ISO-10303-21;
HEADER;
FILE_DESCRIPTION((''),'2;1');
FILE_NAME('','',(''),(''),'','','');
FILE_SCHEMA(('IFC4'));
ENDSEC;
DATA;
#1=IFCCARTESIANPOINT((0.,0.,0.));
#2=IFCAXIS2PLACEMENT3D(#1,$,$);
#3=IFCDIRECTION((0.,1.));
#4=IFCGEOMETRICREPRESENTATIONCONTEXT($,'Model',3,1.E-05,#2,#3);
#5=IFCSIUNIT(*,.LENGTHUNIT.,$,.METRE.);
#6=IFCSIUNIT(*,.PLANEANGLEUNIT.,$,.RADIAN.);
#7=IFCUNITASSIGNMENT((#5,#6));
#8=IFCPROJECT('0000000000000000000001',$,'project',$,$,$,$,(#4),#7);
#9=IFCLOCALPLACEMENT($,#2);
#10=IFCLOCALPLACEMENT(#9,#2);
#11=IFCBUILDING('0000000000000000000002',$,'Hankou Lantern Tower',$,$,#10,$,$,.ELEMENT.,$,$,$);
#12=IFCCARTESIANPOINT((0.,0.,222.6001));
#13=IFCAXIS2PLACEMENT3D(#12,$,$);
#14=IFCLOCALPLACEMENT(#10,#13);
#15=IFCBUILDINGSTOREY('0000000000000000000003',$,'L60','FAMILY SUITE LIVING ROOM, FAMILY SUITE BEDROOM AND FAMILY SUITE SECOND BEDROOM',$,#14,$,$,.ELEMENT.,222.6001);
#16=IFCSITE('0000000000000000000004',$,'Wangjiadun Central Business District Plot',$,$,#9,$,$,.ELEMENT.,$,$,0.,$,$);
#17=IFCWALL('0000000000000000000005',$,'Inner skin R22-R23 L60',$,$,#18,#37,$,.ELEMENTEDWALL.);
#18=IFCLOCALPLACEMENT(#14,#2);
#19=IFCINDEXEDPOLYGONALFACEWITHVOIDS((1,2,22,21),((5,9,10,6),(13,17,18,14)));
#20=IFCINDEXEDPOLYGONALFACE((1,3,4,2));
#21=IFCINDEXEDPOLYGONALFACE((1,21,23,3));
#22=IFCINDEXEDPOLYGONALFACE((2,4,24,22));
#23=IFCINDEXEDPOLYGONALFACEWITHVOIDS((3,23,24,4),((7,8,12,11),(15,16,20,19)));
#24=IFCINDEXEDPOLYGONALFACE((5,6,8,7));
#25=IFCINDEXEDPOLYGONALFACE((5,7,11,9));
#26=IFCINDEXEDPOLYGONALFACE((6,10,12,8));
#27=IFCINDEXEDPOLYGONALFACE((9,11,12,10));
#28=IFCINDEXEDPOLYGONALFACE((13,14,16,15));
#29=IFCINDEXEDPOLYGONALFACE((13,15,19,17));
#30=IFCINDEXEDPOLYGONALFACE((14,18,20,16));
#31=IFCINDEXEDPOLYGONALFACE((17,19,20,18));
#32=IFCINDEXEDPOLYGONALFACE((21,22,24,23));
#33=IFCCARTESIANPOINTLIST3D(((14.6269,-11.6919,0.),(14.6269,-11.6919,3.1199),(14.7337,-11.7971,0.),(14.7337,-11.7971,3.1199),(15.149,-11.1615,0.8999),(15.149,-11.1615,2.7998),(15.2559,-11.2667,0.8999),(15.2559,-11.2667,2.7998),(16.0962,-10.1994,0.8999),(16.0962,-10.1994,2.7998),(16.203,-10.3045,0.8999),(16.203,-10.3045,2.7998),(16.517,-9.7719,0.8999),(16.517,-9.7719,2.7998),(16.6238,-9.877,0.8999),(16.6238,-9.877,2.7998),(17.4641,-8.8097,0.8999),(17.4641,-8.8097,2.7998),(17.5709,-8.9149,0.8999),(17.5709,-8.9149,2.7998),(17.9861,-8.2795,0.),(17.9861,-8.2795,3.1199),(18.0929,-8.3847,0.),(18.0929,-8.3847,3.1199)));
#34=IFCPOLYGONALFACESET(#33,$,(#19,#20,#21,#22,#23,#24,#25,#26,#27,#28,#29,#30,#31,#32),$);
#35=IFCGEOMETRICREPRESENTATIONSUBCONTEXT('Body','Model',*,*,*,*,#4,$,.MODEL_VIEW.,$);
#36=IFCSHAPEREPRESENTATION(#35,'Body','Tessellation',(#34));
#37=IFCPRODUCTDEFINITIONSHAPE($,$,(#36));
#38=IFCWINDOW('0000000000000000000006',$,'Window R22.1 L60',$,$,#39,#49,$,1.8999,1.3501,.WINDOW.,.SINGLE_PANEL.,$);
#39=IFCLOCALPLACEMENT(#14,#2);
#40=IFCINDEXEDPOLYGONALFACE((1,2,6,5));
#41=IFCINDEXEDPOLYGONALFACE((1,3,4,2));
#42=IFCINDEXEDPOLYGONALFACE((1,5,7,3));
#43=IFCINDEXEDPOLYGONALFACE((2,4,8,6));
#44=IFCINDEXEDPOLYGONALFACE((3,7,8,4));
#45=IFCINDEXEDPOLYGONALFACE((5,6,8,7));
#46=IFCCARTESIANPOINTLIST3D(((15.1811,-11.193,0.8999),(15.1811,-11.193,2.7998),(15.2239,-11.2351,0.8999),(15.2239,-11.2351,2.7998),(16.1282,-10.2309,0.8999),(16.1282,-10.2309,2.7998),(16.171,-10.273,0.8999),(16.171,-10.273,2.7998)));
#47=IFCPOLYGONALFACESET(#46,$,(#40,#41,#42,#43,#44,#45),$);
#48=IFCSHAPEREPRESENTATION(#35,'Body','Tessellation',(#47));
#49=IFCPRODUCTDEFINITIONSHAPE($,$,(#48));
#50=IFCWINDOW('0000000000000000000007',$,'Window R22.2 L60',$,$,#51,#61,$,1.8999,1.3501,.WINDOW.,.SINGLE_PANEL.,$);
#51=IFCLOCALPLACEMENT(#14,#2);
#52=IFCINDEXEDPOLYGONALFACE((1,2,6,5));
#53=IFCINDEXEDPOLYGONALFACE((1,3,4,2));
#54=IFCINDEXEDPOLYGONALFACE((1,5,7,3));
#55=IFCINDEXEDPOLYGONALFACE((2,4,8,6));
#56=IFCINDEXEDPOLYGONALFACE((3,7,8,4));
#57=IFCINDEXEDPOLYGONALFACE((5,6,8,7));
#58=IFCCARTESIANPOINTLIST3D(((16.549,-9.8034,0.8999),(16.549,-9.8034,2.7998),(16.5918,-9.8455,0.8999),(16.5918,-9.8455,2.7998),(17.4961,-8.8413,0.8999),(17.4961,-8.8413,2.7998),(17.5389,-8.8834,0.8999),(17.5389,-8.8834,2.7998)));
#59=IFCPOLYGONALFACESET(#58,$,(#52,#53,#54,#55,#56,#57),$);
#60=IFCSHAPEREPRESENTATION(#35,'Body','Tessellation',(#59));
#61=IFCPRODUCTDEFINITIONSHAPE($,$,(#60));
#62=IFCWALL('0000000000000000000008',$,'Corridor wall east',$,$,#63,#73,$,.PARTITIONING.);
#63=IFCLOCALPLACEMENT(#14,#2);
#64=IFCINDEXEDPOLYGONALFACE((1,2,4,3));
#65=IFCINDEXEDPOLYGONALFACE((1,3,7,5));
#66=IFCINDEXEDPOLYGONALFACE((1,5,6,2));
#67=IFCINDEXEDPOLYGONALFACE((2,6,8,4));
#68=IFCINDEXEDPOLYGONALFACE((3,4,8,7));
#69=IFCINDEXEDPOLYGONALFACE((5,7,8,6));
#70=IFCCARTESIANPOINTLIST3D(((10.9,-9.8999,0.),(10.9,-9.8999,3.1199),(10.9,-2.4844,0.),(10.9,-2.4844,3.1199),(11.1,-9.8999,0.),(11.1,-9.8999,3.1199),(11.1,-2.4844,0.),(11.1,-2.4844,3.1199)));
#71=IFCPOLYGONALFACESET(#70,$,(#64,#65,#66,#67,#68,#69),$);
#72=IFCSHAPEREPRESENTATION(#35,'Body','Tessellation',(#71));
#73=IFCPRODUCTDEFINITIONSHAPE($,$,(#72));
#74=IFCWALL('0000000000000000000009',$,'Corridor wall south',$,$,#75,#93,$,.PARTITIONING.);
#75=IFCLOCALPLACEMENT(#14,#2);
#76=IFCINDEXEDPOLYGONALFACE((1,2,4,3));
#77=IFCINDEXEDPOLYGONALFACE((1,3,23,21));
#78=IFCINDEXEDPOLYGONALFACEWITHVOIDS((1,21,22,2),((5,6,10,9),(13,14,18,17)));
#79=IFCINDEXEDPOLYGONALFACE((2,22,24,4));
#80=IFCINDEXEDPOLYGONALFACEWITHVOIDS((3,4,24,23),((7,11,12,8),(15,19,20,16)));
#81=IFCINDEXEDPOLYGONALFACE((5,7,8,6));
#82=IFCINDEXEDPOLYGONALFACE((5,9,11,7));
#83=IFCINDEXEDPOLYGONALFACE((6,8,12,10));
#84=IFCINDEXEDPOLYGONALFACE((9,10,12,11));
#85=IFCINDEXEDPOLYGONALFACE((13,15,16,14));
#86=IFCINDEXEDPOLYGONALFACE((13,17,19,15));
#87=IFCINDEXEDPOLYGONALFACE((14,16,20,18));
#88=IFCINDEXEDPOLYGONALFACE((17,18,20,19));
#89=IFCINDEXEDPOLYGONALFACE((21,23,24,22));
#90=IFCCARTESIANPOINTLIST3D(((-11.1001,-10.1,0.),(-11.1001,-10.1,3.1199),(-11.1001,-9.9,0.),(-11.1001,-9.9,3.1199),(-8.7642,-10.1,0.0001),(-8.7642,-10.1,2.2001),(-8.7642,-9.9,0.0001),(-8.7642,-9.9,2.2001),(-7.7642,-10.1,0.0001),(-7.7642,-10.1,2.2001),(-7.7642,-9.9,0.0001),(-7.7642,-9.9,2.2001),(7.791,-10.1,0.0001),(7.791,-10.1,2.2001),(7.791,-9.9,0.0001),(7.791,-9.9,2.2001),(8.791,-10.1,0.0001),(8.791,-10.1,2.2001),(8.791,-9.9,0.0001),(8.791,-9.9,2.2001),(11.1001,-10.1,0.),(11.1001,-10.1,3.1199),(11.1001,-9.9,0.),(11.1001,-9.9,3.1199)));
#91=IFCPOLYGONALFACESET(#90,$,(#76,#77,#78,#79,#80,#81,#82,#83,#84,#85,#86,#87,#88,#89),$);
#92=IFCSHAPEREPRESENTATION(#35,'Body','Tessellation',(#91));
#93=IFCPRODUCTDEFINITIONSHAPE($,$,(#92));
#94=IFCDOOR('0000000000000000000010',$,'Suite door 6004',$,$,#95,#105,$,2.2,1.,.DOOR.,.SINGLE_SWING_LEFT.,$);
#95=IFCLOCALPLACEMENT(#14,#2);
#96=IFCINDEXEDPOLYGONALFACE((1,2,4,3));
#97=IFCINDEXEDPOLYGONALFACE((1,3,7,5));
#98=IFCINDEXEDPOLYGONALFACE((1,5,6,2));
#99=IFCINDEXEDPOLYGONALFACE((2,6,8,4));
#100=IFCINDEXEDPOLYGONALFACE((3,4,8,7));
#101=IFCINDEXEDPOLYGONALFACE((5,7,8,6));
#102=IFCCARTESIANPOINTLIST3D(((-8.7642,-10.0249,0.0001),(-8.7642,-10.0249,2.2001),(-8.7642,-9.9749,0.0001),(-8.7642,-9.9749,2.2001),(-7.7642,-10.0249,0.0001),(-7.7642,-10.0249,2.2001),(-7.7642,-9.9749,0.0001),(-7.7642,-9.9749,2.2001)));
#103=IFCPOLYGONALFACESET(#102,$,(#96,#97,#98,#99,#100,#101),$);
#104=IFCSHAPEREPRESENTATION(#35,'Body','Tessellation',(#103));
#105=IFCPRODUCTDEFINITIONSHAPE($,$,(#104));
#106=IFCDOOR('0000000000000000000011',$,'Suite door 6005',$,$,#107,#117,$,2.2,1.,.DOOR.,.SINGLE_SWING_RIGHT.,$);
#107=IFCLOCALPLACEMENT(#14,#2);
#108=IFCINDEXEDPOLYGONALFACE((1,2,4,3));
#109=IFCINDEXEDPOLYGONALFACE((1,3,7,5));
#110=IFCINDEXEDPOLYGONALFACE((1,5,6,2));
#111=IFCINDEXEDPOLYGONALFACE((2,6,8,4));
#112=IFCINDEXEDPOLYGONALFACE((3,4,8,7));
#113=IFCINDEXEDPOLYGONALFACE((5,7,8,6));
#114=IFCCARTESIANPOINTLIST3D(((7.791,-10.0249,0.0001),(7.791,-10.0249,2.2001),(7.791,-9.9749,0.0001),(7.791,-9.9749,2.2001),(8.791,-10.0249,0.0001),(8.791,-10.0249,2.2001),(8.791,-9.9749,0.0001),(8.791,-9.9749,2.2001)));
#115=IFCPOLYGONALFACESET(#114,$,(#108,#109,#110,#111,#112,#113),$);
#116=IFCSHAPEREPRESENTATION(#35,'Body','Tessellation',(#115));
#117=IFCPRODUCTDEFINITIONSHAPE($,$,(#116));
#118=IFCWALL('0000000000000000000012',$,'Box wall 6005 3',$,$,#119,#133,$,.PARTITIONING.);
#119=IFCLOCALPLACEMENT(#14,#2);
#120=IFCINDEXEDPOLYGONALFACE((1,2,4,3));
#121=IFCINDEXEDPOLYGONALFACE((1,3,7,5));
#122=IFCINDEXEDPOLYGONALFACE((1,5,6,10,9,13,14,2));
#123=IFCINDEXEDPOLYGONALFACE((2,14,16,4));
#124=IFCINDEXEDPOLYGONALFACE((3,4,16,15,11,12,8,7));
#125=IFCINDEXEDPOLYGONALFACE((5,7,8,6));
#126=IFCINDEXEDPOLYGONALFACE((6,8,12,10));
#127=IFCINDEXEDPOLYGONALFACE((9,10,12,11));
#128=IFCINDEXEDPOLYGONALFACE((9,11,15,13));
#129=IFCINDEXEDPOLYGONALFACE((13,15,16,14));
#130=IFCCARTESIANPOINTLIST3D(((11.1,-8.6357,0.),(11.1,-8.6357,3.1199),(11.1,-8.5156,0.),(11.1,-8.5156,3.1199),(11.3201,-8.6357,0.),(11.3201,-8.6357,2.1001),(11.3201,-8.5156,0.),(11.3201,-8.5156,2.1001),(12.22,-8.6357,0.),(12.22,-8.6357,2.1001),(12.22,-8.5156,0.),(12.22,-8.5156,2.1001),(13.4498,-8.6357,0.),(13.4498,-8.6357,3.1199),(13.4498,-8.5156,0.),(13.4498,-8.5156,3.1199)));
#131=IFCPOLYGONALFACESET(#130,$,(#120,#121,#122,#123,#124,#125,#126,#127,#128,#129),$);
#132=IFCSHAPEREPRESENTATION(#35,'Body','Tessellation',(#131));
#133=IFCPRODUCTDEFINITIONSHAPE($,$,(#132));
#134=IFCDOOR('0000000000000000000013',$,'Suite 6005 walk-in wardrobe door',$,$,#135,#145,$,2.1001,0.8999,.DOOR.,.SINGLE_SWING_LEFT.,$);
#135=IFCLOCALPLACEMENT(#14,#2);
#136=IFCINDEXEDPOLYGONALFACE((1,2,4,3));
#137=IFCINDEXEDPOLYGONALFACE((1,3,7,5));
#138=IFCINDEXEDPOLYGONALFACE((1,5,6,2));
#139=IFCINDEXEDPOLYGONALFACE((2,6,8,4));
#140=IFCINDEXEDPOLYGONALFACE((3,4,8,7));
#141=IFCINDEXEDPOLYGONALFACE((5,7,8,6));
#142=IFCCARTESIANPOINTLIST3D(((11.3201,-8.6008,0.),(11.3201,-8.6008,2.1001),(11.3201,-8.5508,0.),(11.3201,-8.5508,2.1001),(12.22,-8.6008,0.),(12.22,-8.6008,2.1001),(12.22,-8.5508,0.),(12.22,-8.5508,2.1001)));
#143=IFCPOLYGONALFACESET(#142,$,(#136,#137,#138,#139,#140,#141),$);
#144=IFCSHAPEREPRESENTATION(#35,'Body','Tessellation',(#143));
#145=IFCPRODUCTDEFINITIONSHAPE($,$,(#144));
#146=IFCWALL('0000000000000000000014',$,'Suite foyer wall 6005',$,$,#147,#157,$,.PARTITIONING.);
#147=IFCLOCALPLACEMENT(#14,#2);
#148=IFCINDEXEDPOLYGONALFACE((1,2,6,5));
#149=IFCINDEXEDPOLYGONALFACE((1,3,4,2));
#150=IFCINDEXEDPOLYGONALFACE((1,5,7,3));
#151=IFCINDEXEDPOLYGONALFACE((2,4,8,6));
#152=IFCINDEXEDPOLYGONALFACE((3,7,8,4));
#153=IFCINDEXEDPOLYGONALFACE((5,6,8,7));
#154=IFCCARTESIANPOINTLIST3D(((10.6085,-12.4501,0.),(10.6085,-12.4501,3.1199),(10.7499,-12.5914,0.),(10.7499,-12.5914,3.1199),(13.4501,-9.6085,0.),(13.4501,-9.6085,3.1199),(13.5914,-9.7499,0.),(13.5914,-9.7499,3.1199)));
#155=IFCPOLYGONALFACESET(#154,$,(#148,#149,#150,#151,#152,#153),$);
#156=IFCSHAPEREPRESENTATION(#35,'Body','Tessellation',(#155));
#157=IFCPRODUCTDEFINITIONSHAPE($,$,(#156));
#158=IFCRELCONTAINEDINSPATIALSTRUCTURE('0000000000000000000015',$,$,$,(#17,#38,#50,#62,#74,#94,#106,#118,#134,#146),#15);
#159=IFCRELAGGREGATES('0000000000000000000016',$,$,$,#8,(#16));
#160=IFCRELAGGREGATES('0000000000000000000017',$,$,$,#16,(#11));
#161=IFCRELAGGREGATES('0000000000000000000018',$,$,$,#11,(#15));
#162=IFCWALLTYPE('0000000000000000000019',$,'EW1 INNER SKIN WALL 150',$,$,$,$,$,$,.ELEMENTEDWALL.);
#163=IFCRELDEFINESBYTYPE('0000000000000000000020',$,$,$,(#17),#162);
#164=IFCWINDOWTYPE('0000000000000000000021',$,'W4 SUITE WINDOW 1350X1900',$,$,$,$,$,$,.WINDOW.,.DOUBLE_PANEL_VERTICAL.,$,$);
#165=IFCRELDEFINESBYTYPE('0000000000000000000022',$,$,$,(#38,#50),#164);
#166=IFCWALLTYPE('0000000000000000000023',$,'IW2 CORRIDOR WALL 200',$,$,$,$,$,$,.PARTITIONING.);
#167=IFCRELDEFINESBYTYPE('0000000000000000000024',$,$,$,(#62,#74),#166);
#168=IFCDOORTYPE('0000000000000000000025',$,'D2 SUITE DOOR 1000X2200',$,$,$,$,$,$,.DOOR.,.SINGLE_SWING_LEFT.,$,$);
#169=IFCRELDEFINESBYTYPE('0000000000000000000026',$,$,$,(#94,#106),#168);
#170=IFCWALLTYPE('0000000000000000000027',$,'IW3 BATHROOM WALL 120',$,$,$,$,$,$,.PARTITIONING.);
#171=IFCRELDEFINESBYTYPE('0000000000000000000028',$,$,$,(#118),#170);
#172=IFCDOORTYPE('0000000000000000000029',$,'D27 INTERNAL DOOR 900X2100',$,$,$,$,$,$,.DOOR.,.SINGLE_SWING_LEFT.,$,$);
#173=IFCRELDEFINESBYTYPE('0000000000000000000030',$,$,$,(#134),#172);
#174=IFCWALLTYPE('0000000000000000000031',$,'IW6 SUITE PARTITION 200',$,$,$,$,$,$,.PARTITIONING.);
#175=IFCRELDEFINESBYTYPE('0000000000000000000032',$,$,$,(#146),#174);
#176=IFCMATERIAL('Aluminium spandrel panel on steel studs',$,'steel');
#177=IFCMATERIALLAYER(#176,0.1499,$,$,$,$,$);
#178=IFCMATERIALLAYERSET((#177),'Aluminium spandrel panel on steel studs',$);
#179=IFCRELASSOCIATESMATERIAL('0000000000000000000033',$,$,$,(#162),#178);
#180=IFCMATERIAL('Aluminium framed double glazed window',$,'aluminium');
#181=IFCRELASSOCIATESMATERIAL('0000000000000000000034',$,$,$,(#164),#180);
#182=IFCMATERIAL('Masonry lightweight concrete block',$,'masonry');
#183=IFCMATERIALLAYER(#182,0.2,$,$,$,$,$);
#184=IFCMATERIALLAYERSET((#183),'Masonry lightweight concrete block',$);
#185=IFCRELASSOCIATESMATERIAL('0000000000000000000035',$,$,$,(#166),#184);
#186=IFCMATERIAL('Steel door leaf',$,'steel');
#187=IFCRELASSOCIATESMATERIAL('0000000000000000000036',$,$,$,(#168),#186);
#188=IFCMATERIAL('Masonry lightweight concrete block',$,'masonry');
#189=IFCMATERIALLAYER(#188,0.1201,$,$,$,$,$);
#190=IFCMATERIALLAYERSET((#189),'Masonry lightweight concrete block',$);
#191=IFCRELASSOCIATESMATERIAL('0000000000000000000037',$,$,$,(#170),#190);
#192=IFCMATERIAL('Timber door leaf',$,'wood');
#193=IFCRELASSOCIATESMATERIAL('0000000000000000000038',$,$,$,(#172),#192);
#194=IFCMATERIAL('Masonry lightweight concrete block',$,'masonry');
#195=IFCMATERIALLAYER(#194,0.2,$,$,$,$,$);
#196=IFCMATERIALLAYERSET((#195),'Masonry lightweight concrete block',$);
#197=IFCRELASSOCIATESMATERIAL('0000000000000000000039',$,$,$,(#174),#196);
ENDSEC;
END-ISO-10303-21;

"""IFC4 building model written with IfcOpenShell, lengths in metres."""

from ifc_helpers import new_model, si_unit, direction, frame, frame_2d, origin, place, context, subcontext, project, spatial, rectangle, extrude, material, layer, layer_set, type_object, element, fill, save


model = new_model("IFC4")

# Units and contexts
model_context = context("Model", 3, precision=1e-05, world=origin(), true_north=direction((0.0, 1.0)))
body_context = subcontext(model_context, "Body", "Model", "MODEL_VIEW")
ifc_project = project(units=[si_unit("LENGTHUNIT", "METRE"), si_unit("PLANEANGLEUNIT", "RADIAN")], contexts=[model_context])

# Site, building, storey
site_placement = place(None, origin())
site = spatial("IfcSite", under=ifc_project, at=site_placement, Name="Wangjiadun Central Business District Plot", CompositionType="ELEMENT", RefElevation=0.0)
building_placement = place(site_placement, origin())
building = spatial("IfcBuilding", under=site, at=building_placement, Name="Hankou Lantern Tower", CompositionType="ELEMENT")
storey_placement = place(building_placement, frame((0.0, 0.0, 222.6001)))
storey = spatial("IfcBuildingStorey", under=building, at=storey_placement, Name="L60", Description="FAMILY SUITE LIVING ROOM, FAMILY SUITE BEDROOM AND FAMILY SUITE SECOND BEDROOM", CompositionType="ELEMENT", Elevation=222.6001)

# Wall, openings, windows
ifc_material_1 = material(Name="Aluminium spandrel panel on steel studs", Category="steel")
ifc_layer_1 = layer(ifc_material_1, 0.1499)
ifc_layer_set_1 = layer_set([ifc_layer_1], Name="Aluminium spandrel panel on steel studs")
wall_type_1 = type_object("IfcWallType", Name="EW1 INNER SKIN WALL 150", PredefinedType="ELEMENTEDWALL", material=ifc_layer_set_1)
ifc_material_2 = material(Name="Aluminium framed double glazed window", Category="aluminium")
window_type = type_object("IfcWindowType", Name="W4 SUITE WINDOW 1350X1900", PartitioningType="DOUBLE_PANEL_VERTICAL", PredefinedType="WINDOW", material=ifc_material_2)
wall_1_placement = place(storey_placement, frame((14.6804, -11.7444, 0.0), z_axis=(0.0, 0.0, 1.0), x_axis=(0.701527, 0.712643, 0.0)))
wall_1 = element("IfcWall", 1, at=wall_1_placement, inside=storey, type_object=wall_type_1, Name="Inner skin R22-R23 L60", PredefinedType="ELEMENTEDWALL", context=body_context, shape_type="SweptSolid", body=[
    extrude(rectangle(XDim=4.7883, YDim=0.1499, at=frame_2d((2.394, 0.0))), origin(), (0.0, 0.0, 1.0), 3.1199),
])
opening_1_placement = place(wall_1_placement, frame((0.7441, 0.0, 0.8999)))
opening_1 = element("IfcOpeningElement", 2, at=opening_1_placement, cuts=wall_1, PredefinedType="OPENING", context=body_context, shape_type="SweptSolid", body=[
    extrude(rectangle(XDim=1.3501, YDim=1.8999, at=frame_2d((0.675, 0.95))), frame((0.0, 0.085, 0.0), z_axis=(0.0, -1.0, 0.0), x_axis=(1.0, 0.0, 0.0)), (0.0, 0.0, 1.0), 0.1699),
])
opening_2_placement = place(wall_1_placement, frame((2.6941, 0.0, 0.8999)))
opening_2 = element("IfcOpeningElement", 3, at=opening_2_placement, cuts=wall_1, PredefinedType="OPENING", context=body_context, shape_type="SweptSolid", body=[
    extrude(rectangle(XDim=1.3501, YDim=1.8999, at=frame_2d((0.675, 0.95))), frame((0.0, 0.085, 0.0), z_axis=(0.0, -1.0, 0.0), x_axis=(1.0, 0.0, 0.0)), (0.0, 0.0, 1.0), 0.1699),
])
window_1_placement = place(opening_1_placement, origin())
window_1 = element("IfcWindow", 4, at=window_1_placement, inside=storey, type_object=window_type, Name="Window R22.1 L60", OverallHeight=1.8999, OverallWidth=1.3501, PartitioningType="SINGLE_PANEL", PredefinedType="WINDOW", context=body_context, shape_type="SweptSolid", body=[
    extrude(rectangle(XDim=1.3501, YDim=1.8999, at=frame_2d((0.675, 0.95))), frame((0.0, 0.03, 0.0), z_axis=(0.0, -1.0, 0.0), x_axis=(1.0, 0.0, 0.0)), (0.0, 0.0, 1.0), 0.0601),
])
fill(opening_1, window_1)
window_2_placement = place(opening_2_placement, origin())
window_2 = element("IfcWindow", 5, at=window_2_placement, inside=storey, type_object=window_type, Name="Window R22.2 L60", OverallHeight=1.8999, OverallWidth=1.3501, PartitioningType="SINGLE_PANEL", PredefinedType="WINDOW", context=body_context, shape_type="SweptSolid", body=[
    extrude(rectangle(XDim=1.3501, YDim=1.8999, at=frame_2d((0.675, 0.95))), frame((0.0, 0.03, 0.0), z_axis=(0.0, -1.0, 0.0), x_axis=(1.0, 0.0, 0.0)), (0.0, 0.0, 1.0), 0.0601),
])
fill(opening_2, window_2)

# Wall
ifc_material_3 = material(Name="Masonry lightweight concrete block", Category="masonry")
ifc_layer_2 = layer(ifc_material_3, 0.2)
ifc_layer_set_2 = layer_set([ifc_layer_2], Name="Masonry lightweight concrete block")
wall_type_2 = type_object("IfcWallType", Name="IW2 CORRIDOR WALL 200", PredefinedType="PARTITIONING", material=ifc_layer_set_2)
wall_2_placement = place(storey_placement, frame((11.0, -9.8999, 0.0), z_axis=(0.0, 0.0, 1.0), x_axis=(0.0, 1.0, 0.0)))
element("IfcWall", 6, at=wall_2_placement, inside=storey, type_object=wall_type_2, Name="Corridor wall east", PredefinedType="PARTITIONING", context=body_context, shape_type="SweptSolid", body=[
    extrude(rectangle(XDim=7.4155, YDim=0.2, at=frame_2d((3.7078, 0.0))), origin(), (0.0, 0.0, 1.0), 3.1199),
])

# Wall, openings, doors
wall_3_placement = place(storey_placement, frame((11.1001, -10.0, 0.0), z_axis=(0.0, 0.0, 1.0), x_axis=(-1.0, 0.0, 0.0)))
wall_3 = element("IfcWall", 7, at=wall_3_placement, inside=storey, type_object=wall_type_2, Name="Corridor wall south", PredefinedType="PARTITIONING", context=body_context, shape_type="SweptSolid", body=[
    extrude(rectangle(XDim=22.2002, YDim=0.2, at=frame_2d((11.1001, 0.0))), origin(), (0.0, 0.0, 1.0), 3.1199),
])
opening_3_placement = place(wall_3_placement, frame((18.8643, 0.0, 0.0)))
opening_3 = element("IfcOpeningElement", 8, at=opening_3_placement, cuts=wall_3, PredefinedType="OPENING", context=body_context, shape_type="SweptSolid", body=[
    extrude(rectangle(XDim=1.0, YDim=2.2, at=frame_2d((0.5, 1.1001))), frame((0.0, 0.1099, 0.0), z_axis=(0.0, -1.0, 0.0), x_axis=(1.0, 0.0, 0.0)), (0.0, 0.0, 1.0), 0.22),
])
opening_4_placement = place(wall_3_placement, frame((2.3091, 0.0, 0.0)))
opening_4 = element("IfcOpeningElement", 9, at=opening_4_placement, cuts=wall_3, PredefinedType="OPENING", context=body_context, shape_type="SweptSolid", body=[
    extrude(rectangle(XDim=1.0, YDim=2.2, at=frame_2d((0.5, 1.1001))), frame((0.0, 0.1099, 0.0), z_axis=(0.0, -1.0, 0.0), x_axis=(1.0, 0.0, 0.0)), (0.0, 0.0, 1.0), 0.22),
])
ifc_material_4 = material(Name="Steel door leaf", Category="steel")
door_type_1 = type_object("IfcDoorType", Name="D2 SUITE DOOR 1000X2200", OperationType="SINGLE_SWING_LEFT", PredefinedType="DOOR", material=ifc_material_4)
door_1_placement = place(opening_3_placement, origin())
door_1 = element("IfcDoor", 10, at=door_1_placement, inside=storey, type_object=door_type_1, Name="Suite door 6004", OperationType="SINGLE_SWING_LEFT", OverallHeight=2.2, OverallWidth=1.0, PredefinedType="DOOR", context=body_context, shape_type="SweptSolid", body=[
    extrude(rectangle(XDim=1.0, YDim=2.2, at=frame_2d((0.5, 1.1001))), frame((0.0, 0.0249, 0.0), z_axis=(0.0, -1.0, 0.0), x_axis=(1.0, 0.0, 0.0)), (0.0, 0.0, 1.0), 0.05),
])
fill(opening_3, door_1)
door_2_placement = place(opening_4_placement, origin())
door_2 = element("IfcDoor", 11, at=door_2_placement, inside=storey, type_object=door_type_1, Name="Suite door 6005", OperationType="SINGLE_SWING_RIGHT", OverallHeight=2.2, OverallWidth=1.0, PredefinedType="DOOR", context=body_context, shape_type="SweptSolid", body=[
    extrude(rectangle(XDim=1.0, YDim=2.2, at=frame_2d((0.5, 1.1001))), frame((0.0, 0.0249, 0.0), z_axis=(0.0, -1.0, 0.0), x_axis=(1.0, 0.0, 0.0)), (0.0, 0.0, 1.0), 0.05),
])
fill(opening_4, door_2)

# Wall, opening, door
ifc_material_5 = material(Name="Masonry lightweight concrete block", Category="masonry")
ifc_layer_3 = layer(ifc_material_5, 0.1201)
ifc_layer_set_3 = layer_set([ifc_layer_3], Name="Masonry lightweight concrete block")
wall_type_3 = type_object("IfcWallType", Name="IW3 BATHROOM WALL 120", PredefinedType="PARTITIONING", material=ifc_layer_set_3)
wall_4_placement = place(storey_placement, frame((11.1001, -8.5757, 0.0), z_axis=(0.0, 0.0, 1.0), x_axis=(1.0, 0.0, 0.0)))
wall_4 = element("IfcWall", 12, at=wall_4_placement, inside=storey, type_object=wall_type_3, Name="Box wall 6005 3", PredefinedType="PARTITIONING", context=body_context, shape_type="SweptSolid", body=[
    extrude(rectangle(XDim=2.3499, YDim=0.1201, at=frame_2d((1.1748, 0.0))), origin(), (0.0, 0.0, 1.0), 3.1199),
])
opening_5_placement = place(wall_4_placement, frame((0.22, 0.0, 0.0)))
opening_5 = element("IfcOpeningElement", 13, at=opening_5_placement, cuts=wall_4, PredefinedType="OPENING", context=body_context, shape_type="SweptSolid", body=[
    extrude(rectangle(XDim=0.8999, YDim=2.1001, at=frame_2d((0.45, 1.05))), frame((0.0, 0.0701, 0.0), z_axis=(0.0, -1.0, 0.0), x_axis=(1.0, 0.0, 0.0)), (0.0, 0.0, 1.0), 0.1401),
])
ifc_material_6 = material(Name="Timber door leaf", Category="wood")
door_type_2 = type_object("IfcDoorType", Name="D27 INTERNAL DOOR 900X2100", OperationType="SINGLE_SWING_LEFT", PredefinedType="DOOR", material=ifc_material_6)
door_3_placement = place(opening_5_placement, origin())
door_3 = element("IfcDoor", 14, at=door_3_placement, inside=storey, type_object=door_type_2, Name="Suite 6005 walk-in wardrobe door", OperationType="SINGLE_SWING_LEFT", OverallHeight=2.1001, OverallWidth=0.8999, PredefinedType="DOOR", context=body_context, shape_type="SweptSolid", body=[
    extrude(rectangle(XDim=0.8999, YDim=2.1001, at=frame_2d((0.45, 1.05))), frame((0.0, 0.0249, 0.0), z_axis=(0.0, -1.0, 0.0), x_axis=(1.0, 0.0, 0.0)), (0.0, 0.0, 1.0), 0.05),
])
fill(opening_5, door_3)

# Wall
ifc_material_7 = material(Name="Masonry lightweight concrete block", Category="masonry")
ifc_layer_4 = layer(ifc_material_7, 0.2)
ifc_layer_set_4 = layer_set([ifc_layer_4], Name="Masonry lightweight concrete block")
wall_type_4 = type_object("IfcWallType", Name="IW6 SUITE PARTITION 200", PredefinedType="PARTITIONING", material=ifc_layer_set_4)
wall_5_placement = place(storey_placement, frame((10.6792, -12.5208, 0.0), z_axis=(0.0, 0.0, 1.0), x_axis=(0.707107, 0.707107, 0.0)))
element("IfcWall", 15, at=wall_5_placement, inside=storey, type_object=wall_type_4, Name="Suite foyer wall 6005", PredefinedType="PARTITIONING", context=body_context, shape_type="SweptSolid", body=[
    extrude(rectangle(XDim=4.0186, YDim=0.2, at=frame_2d((2.0093, 0.0))), origin(), (0.0, 0.0, 1.0), 3.1199),
])

save(model, "model.ifc")
